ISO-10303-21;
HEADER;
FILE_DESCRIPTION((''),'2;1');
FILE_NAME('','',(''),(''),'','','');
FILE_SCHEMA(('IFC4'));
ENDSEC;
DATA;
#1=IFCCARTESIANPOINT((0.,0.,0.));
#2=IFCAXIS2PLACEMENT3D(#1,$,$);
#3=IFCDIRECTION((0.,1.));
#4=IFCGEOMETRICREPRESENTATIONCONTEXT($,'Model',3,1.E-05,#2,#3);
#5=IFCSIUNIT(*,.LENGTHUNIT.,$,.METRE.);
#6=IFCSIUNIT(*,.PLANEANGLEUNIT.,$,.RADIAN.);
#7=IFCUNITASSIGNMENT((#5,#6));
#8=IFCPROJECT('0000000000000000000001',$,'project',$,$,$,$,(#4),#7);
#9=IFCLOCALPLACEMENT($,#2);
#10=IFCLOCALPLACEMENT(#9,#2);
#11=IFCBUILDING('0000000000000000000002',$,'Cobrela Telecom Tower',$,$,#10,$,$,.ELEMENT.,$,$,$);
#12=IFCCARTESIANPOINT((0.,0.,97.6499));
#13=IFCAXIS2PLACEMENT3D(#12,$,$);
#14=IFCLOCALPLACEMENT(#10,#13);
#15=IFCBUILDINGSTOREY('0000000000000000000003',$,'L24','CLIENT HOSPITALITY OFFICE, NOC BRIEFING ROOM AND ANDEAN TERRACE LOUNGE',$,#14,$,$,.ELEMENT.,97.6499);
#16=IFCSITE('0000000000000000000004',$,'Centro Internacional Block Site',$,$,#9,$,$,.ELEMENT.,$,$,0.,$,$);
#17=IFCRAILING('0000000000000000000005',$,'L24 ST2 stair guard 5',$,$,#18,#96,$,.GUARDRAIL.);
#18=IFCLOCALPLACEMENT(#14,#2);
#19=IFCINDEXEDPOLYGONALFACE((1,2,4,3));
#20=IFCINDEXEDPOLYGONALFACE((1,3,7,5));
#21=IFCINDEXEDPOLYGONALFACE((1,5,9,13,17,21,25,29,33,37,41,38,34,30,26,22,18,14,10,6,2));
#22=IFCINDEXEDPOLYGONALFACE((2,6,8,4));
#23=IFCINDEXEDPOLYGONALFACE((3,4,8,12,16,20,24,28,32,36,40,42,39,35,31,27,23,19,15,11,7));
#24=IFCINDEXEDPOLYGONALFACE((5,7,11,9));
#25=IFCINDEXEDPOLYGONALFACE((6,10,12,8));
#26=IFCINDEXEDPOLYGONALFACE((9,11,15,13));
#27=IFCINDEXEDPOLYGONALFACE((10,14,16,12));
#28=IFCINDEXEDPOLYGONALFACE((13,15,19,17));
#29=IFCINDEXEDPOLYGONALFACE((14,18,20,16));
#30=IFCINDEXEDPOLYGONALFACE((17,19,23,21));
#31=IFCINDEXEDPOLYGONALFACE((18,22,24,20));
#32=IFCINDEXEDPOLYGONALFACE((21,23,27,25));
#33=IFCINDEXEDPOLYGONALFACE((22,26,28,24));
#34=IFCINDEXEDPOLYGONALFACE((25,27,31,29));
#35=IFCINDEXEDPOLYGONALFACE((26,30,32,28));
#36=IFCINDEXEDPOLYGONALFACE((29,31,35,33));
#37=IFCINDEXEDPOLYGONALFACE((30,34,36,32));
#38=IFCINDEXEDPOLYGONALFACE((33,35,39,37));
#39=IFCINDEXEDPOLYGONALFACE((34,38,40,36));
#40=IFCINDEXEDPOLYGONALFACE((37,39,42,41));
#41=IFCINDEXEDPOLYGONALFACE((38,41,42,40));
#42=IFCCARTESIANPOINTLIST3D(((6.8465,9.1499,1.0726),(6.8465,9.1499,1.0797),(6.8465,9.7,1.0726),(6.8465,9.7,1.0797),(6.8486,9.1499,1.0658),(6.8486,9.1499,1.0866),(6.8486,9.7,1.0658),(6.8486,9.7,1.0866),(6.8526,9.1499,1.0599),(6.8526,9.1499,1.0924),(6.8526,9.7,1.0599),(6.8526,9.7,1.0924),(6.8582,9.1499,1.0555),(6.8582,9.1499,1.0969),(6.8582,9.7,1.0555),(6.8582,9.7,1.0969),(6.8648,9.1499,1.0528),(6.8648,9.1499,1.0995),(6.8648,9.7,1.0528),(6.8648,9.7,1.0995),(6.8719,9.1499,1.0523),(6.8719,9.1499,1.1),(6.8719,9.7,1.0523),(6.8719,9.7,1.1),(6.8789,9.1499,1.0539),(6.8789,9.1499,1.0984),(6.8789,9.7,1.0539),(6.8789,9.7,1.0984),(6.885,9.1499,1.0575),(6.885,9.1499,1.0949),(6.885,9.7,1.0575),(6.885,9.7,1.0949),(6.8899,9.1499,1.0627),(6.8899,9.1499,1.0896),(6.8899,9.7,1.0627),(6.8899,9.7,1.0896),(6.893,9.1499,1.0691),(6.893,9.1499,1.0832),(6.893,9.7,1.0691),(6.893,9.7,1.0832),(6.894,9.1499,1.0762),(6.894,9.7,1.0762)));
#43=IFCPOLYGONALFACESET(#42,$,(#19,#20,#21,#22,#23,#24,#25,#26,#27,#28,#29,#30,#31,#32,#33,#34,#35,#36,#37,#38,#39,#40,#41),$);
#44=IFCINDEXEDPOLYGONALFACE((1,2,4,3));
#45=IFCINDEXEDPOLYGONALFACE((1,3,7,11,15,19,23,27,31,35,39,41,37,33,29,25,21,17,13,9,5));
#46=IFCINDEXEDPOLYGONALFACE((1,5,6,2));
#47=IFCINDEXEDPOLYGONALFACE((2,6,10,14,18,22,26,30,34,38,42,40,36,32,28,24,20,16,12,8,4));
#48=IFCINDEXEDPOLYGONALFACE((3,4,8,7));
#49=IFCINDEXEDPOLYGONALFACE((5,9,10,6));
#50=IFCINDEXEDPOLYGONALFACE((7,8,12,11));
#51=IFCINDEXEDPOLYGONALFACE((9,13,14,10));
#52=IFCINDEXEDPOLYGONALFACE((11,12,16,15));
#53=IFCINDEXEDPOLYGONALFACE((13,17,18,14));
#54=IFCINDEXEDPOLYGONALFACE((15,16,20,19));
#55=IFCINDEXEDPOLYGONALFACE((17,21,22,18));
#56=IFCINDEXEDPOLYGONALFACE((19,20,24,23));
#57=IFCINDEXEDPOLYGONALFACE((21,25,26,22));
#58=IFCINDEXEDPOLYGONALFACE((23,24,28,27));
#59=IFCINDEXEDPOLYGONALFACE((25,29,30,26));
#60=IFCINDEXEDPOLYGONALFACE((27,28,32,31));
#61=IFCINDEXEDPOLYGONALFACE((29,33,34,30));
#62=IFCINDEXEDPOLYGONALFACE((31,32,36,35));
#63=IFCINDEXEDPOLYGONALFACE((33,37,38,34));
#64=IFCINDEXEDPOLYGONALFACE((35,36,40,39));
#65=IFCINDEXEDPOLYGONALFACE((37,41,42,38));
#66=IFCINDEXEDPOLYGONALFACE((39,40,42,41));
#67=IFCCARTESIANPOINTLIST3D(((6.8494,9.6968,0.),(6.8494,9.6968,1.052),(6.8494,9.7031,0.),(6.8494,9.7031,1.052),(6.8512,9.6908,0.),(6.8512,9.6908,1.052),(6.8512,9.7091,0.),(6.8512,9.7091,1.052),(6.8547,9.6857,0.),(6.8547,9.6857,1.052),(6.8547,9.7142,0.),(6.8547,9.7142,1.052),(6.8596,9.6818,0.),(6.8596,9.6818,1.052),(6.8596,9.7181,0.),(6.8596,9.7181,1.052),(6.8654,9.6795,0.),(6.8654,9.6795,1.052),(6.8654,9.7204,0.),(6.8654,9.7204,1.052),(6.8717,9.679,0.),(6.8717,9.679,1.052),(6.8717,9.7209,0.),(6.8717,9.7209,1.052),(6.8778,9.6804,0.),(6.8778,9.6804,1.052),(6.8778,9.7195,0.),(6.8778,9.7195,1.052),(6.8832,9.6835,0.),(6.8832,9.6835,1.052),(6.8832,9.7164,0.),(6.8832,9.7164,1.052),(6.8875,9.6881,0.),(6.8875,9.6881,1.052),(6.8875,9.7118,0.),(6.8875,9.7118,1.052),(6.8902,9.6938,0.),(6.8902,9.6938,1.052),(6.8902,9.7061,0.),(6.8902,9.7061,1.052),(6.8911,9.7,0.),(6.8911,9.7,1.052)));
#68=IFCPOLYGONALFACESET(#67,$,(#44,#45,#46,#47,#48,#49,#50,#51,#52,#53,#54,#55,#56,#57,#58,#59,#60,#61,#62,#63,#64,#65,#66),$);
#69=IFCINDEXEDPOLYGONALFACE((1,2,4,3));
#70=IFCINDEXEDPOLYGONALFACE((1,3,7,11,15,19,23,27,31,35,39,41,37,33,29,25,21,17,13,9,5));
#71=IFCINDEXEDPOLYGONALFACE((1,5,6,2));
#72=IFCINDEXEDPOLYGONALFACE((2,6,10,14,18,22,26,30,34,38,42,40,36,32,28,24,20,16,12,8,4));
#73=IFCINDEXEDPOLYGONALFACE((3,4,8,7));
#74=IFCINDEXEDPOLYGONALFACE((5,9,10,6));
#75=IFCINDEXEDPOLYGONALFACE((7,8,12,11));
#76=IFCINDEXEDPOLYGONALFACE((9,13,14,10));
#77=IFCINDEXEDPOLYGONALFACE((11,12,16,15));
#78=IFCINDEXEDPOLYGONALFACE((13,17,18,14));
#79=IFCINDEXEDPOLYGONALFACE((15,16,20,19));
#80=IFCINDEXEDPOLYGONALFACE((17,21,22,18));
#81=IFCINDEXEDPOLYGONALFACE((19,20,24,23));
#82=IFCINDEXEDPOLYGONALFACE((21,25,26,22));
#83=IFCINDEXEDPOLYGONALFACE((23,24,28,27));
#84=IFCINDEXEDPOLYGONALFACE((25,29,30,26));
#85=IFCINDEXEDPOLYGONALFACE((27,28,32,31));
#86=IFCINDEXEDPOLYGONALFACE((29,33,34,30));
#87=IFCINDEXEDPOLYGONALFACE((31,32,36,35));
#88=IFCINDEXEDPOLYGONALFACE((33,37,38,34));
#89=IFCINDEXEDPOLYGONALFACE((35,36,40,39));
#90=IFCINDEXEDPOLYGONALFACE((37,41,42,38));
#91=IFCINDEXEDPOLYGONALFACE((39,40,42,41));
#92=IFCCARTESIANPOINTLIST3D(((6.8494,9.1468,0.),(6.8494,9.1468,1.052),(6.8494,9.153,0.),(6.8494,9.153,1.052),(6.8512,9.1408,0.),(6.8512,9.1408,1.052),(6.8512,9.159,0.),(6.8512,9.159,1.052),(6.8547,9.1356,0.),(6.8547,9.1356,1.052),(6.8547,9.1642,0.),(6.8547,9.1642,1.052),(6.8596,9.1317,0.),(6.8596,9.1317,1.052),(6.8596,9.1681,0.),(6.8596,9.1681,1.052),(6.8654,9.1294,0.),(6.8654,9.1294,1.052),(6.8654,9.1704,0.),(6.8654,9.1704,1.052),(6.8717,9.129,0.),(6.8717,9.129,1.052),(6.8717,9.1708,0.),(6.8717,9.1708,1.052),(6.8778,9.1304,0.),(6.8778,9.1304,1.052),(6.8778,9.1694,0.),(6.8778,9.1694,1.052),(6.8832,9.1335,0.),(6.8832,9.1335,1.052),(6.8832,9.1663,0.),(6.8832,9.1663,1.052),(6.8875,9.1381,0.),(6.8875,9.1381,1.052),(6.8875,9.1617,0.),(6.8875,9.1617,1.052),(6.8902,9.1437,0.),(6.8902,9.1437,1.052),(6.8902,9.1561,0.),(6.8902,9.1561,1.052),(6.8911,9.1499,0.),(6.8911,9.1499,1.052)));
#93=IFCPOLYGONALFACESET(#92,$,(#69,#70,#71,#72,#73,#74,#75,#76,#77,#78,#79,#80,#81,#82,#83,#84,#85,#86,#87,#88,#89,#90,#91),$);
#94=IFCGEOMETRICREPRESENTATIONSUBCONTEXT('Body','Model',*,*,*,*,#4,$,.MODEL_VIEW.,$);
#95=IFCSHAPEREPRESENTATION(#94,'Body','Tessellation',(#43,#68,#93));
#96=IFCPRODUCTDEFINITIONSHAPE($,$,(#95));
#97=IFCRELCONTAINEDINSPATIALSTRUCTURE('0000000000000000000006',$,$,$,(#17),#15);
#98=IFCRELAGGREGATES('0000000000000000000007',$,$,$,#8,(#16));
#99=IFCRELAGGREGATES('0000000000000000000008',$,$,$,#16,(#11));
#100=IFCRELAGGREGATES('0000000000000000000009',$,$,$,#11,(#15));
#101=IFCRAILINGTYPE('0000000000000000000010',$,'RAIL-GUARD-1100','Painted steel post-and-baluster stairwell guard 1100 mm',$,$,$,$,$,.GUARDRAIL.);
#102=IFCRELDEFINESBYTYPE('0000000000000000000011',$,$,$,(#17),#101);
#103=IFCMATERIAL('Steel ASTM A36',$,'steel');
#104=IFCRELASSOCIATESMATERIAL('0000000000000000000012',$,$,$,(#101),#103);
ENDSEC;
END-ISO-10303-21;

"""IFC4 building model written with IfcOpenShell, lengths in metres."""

from ifc_helpers import new_model, si_unit, direction, frame, origin, origin_2d, place, context, subcontext, project, spatial, circle, extrude, material, type_object, element, save


model = new_model("IFC4")

# Units and contexts
model_context = context("Model", 3, precision=1e-05, world=origin(), true_north=direction((0.0, 1.0)))
body_context = subcontext(model_context, "Body", "Model", "MODEL_VIEW")
ifc_project = project(units=[si_unit("LENGTHUNIT", "METRE"), si_unit("PLANEANGLEUNIT", "RADIAN")], contexts=[model_context])

# Site, building, storey
site_placement = place(None, origin())
site = spatial("IfcSite", under=ifc_project, at=site_placement, Name="Centro Internacional Block Site", CompositionType="ELEMENT", RefElevation=0.0)
building_placement = place(site_placement, origin())
building = spatial("IfcBuilding", under=site, at=building_placement, Name="Cobrela Telecom Tower", CompositionType="ELEMENT")
storey_placement = place(building_placement, frame((0.0, 0.0, 97.6499)))
storey = spatial("IfcBuildingStorey", under=building, at=storey_placement, Name="L24", Description="CLIENT HOSPITALITY OFFICE, NOC BRIEFING ROOM AND ANDEAN TERRACE LOUNGE", CompositionType="ELEMENT", Elevation=97.6499)

# Shared definitions
ifc_material_1 = material(Name="Steel ASTM A36", Category="steel")

# Railing
railing_type_1 = type_object("IfcRailingType", Name="RAIL-GUARD-1100", Description="Painted steel post-and-baluster stairwell guard 1100 mm", PredefinedType="GUARDRAIL", material=ifc_material_1)
railing_1_placement = place(storey_placement, frame((6.8701, 9.7, 0.0)))
element("IfcRailing", 1, at=railing_1_placement, inside=storey, type_object=railing_type_1, Name="L24 ST2 stair guard 5", PredefinedType="GUARDRAIL", context=body_context, shape_type="SweptSolid", body=[
    extrude(circle(Radius=0.0239, at=origin_2d()), frame((0.0, 0.0, 1.0762), z_axis=(0.0, -1.0, 0.0), x_axis=(1.0, 0.0, 0.0)), (0.0, 0.0, 1.0), 0.55),
    extrude(circle(Radius=0.021, at=origin_2d()), origin(), (0.0, 0.0, 1.0), 1.052),
    extrude(circle(Radius=0.021, at=origin_2d()), frame((0.0, -0.55, 0.0)), (0.0, 0.0, 1.0), 1.052),
])

save(model, "model.ifc")
